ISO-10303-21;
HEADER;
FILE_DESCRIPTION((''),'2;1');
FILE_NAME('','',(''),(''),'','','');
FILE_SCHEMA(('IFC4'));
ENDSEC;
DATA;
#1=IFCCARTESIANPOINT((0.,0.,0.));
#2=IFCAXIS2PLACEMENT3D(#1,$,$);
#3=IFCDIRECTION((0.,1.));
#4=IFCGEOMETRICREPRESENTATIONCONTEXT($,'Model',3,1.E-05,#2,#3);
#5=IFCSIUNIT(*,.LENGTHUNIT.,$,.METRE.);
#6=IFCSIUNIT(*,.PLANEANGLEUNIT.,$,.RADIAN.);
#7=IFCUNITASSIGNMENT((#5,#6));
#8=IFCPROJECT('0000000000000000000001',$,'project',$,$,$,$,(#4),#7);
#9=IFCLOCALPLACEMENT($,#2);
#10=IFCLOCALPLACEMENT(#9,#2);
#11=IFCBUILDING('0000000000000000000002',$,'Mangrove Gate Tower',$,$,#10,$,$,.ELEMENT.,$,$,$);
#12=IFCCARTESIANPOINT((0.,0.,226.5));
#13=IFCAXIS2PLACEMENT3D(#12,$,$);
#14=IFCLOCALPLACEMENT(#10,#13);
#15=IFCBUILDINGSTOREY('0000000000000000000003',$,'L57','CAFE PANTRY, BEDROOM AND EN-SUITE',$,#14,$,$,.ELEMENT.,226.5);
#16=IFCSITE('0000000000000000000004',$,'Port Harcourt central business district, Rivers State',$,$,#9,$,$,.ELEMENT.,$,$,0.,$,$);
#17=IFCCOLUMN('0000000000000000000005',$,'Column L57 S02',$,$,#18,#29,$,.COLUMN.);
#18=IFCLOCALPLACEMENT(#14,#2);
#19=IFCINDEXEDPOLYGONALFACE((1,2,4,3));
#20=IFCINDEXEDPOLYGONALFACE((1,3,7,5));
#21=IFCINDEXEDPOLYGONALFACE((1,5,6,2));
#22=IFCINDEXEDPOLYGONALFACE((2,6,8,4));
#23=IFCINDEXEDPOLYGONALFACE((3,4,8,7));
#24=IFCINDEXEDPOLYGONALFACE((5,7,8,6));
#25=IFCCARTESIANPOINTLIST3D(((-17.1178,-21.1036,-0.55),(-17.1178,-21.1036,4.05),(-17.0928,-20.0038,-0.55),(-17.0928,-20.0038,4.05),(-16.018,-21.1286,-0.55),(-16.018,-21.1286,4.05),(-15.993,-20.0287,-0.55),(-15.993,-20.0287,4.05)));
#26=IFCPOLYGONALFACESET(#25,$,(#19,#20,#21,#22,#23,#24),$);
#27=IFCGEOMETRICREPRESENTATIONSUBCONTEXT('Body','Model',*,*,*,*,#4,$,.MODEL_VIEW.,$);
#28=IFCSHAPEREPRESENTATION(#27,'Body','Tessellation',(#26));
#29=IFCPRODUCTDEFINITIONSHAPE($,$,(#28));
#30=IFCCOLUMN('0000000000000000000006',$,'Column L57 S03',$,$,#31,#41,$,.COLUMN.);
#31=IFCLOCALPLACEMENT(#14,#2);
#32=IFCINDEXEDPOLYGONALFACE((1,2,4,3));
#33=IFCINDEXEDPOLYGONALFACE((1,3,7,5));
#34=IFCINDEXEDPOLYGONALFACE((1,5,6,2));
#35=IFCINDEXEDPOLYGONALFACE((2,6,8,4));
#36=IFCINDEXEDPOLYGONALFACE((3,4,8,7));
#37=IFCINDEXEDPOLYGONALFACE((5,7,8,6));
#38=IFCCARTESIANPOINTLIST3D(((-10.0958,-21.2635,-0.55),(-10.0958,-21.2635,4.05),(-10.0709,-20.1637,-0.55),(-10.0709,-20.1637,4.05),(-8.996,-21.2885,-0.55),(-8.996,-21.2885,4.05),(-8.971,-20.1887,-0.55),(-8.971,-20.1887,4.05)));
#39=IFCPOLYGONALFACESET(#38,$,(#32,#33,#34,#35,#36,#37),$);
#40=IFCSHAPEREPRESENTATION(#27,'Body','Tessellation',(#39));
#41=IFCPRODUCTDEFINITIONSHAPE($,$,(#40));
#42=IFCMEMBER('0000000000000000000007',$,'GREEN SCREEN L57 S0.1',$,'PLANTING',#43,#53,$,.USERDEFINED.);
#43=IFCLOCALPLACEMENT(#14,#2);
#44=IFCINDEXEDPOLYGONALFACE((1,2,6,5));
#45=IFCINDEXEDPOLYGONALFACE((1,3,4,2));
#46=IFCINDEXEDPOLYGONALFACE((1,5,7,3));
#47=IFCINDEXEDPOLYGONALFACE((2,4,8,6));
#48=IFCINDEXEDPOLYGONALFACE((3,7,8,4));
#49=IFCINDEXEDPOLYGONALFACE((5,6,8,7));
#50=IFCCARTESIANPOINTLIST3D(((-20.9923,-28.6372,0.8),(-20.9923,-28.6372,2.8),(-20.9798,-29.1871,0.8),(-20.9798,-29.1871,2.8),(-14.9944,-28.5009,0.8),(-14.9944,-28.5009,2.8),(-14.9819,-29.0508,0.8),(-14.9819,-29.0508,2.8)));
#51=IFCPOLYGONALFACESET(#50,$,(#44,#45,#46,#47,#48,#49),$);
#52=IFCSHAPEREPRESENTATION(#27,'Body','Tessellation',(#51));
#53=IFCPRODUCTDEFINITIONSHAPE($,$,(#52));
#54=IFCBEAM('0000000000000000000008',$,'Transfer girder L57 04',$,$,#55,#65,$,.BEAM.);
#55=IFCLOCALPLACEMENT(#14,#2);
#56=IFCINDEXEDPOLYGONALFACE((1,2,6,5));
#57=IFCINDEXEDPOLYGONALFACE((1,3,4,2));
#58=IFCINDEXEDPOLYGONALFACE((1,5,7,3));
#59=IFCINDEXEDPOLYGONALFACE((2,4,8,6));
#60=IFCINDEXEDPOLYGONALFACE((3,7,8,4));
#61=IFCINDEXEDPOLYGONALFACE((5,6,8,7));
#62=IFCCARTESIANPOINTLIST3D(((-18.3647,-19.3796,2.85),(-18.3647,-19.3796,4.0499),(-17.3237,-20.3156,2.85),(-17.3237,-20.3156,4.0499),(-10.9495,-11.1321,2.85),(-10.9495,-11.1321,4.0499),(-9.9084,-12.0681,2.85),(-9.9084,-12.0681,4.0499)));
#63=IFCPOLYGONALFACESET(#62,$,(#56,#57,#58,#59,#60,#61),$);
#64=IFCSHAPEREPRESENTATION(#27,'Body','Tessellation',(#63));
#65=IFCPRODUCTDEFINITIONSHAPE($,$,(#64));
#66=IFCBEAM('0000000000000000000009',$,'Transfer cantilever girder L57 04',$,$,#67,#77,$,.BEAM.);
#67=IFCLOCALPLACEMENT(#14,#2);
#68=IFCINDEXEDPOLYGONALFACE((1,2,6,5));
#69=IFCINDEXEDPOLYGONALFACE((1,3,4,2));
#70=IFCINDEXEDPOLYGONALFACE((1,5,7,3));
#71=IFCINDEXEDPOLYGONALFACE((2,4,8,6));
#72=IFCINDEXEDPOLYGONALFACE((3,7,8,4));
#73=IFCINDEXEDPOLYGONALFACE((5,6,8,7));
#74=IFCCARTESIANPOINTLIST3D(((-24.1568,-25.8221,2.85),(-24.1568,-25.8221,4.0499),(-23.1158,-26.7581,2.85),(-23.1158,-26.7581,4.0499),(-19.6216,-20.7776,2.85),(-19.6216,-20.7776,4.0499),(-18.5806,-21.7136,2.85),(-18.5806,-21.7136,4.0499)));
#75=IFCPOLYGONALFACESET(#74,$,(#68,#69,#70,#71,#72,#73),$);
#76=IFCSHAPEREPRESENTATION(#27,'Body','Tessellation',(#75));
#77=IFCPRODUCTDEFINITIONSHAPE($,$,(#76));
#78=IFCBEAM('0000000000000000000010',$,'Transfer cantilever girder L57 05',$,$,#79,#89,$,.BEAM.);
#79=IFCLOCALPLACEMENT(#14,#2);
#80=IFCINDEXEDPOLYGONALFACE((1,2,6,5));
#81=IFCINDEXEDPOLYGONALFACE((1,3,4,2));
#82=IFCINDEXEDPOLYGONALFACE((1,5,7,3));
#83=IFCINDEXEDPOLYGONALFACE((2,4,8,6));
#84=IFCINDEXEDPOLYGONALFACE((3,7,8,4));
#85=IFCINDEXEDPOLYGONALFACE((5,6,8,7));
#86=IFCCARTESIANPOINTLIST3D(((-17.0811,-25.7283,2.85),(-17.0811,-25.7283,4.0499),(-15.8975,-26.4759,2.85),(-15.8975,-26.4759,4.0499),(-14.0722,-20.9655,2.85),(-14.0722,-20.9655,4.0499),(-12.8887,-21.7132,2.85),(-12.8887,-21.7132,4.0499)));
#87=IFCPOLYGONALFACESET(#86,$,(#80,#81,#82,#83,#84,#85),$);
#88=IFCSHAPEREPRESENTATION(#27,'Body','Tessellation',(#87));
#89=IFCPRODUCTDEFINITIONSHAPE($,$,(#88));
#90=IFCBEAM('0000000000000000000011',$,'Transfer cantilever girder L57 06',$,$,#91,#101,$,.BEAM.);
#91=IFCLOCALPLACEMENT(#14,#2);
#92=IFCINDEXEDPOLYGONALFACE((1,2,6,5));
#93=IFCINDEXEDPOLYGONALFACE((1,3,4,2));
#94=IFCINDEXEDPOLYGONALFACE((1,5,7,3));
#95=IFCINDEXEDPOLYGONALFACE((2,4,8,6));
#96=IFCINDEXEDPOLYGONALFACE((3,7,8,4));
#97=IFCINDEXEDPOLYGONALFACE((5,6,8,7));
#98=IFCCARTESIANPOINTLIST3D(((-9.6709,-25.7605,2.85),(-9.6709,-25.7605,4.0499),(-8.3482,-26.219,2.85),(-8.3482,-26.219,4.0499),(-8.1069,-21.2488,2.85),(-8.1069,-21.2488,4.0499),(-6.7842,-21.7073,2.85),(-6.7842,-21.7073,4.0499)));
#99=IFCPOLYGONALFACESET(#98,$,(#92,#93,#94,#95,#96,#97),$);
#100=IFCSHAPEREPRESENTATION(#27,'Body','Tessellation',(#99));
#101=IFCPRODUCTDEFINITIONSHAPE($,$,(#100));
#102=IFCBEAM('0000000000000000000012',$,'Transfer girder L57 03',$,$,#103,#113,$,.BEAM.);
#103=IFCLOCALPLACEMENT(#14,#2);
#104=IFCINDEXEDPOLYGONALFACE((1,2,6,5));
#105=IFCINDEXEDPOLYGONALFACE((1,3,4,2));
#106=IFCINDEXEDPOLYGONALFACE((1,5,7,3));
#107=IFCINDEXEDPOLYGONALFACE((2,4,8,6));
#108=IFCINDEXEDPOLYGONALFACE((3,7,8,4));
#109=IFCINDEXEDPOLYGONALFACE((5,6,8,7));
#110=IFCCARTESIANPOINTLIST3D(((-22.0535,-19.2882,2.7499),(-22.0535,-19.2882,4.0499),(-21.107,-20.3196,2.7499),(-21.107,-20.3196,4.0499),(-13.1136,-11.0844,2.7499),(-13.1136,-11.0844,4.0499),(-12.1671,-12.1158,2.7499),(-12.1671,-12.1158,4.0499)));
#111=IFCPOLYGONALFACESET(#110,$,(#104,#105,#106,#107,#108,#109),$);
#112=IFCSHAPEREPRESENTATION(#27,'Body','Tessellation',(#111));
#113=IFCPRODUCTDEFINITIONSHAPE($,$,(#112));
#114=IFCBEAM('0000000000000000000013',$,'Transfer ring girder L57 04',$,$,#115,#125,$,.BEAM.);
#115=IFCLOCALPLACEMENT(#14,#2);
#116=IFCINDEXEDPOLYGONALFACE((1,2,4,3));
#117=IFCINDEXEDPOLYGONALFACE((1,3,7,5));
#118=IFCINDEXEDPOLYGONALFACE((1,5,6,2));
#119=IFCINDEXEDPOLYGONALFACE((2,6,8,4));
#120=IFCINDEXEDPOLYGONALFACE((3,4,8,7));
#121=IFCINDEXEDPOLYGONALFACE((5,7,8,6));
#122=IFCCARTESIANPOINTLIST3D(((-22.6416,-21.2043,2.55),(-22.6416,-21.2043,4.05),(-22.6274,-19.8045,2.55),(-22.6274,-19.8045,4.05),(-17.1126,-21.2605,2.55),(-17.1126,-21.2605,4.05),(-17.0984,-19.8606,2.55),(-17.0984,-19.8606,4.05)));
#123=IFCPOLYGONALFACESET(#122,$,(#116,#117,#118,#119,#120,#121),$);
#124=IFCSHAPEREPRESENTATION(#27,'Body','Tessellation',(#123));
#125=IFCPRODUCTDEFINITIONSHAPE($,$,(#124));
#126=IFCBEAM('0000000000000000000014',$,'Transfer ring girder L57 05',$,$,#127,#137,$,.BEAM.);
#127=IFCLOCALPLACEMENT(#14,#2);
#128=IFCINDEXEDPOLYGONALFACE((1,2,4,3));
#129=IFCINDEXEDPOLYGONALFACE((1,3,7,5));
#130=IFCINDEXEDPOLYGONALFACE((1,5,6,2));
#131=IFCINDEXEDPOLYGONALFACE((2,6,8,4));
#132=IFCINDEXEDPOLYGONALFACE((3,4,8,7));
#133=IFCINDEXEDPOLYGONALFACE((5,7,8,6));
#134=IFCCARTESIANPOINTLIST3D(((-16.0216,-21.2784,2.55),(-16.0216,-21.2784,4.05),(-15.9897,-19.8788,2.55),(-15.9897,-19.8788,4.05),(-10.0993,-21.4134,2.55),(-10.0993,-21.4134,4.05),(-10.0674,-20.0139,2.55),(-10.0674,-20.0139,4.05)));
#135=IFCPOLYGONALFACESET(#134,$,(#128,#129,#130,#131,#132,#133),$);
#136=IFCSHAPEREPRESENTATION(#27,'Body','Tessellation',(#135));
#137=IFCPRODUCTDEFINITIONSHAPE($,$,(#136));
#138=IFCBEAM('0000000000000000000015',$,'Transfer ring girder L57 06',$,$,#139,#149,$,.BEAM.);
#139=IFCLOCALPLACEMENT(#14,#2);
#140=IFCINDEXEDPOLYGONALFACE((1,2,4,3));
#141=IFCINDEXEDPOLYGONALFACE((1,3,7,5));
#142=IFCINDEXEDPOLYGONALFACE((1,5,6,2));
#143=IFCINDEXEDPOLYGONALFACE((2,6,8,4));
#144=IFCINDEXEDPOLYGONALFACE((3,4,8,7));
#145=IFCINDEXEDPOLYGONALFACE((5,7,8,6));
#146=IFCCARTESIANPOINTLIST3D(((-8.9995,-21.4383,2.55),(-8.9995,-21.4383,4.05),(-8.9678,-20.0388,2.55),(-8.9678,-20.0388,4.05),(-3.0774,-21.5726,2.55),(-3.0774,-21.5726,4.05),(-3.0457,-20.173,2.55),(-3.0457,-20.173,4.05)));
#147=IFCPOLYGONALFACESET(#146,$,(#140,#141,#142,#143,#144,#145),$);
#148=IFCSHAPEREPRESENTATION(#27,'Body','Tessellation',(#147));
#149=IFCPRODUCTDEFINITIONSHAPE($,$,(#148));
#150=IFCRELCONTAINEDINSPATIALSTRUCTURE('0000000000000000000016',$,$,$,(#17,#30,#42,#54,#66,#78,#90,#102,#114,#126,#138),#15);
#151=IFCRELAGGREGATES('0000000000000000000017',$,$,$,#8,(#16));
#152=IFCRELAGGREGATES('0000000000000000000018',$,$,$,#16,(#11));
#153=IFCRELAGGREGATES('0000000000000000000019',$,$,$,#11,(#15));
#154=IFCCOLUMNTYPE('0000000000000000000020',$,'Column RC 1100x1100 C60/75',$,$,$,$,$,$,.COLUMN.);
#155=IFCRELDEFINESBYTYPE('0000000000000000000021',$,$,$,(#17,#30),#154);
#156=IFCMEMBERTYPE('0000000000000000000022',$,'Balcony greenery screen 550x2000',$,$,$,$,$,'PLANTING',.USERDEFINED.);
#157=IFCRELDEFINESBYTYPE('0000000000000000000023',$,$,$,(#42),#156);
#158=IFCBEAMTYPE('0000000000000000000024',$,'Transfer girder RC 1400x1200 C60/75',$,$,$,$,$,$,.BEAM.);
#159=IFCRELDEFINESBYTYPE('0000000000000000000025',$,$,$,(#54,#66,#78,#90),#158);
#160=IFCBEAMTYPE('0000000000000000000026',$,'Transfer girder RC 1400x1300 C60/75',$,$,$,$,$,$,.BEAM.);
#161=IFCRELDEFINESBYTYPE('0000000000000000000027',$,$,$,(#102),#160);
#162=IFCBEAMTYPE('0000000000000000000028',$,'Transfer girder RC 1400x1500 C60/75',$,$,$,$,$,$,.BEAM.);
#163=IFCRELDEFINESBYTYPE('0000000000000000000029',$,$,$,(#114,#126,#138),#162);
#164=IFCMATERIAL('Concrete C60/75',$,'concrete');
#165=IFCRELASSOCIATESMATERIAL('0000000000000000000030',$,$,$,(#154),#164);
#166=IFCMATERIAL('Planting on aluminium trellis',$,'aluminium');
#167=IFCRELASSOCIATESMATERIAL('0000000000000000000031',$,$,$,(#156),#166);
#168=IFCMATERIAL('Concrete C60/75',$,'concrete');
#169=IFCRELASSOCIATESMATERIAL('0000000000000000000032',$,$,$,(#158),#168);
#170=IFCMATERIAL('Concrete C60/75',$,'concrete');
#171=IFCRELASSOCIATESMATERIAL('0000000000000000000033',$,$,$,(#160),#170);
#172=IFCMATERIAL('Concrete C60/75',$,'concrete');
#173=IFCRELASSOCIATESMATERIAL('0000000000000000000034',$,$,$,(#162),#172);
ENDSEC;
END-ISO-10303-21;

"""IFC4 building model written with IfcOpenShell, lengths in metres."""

from ifc_helpers import new_model, si_unit, direction, frame, origin, origin_2d, place, context, subcontext, project, spatial, rectangle, extrude, material, material_profile, profile_set, type_object, element, save


model = new_model("IFC4")

# Units and contexts
model_context = context("Model", 3, precision=1e-05, world=origin(), true_north=direction((0.0, 1.0)))
body_context = subcontext(model_context, "Body", "Model", "MODEL_VIEW")
ifc_project = project(units=[si_unit("LENGTHUNIT", "METRE"), si_unit("PLANEANGLEUNIT", "RADIAN")], contexts=[model_context])

# Site, building, storey
site_placement = place(None, origin())
site = spatial("IfcSite", under=ifc_project, at=site_placement, Name="Port Harcourt central business district, Rivers State", CompositionType="ELEMENT", RefElevation=0.0)
building_placement = place(site_placement, origin())
building = spatial("IfcBuilding", under=site, at=building_placement, Name="Mangrove Gate Tower", CompositionType="ELEMENT")
storey_placement = place(building_placement, frame((0.0, 0.0, 226.5)))
storey = spatial("IfcBuildingStorey", under=building, at=storey_placement, Name="L57", Description="CAFE PANTRY, BEDROOM AND EN-SUITE", CompositionType="ELEMENT", Elevation=226.5)

# Columns
ifc_material_1 = material(Name="Concrete C60/75", Category="concrete")
ifc_material_profile_1 = material_profile(ifc_material_1, rectangle(XDim=1.1001, YDim=1.1001, at=origin_2d()))
ifc_profile_set_1 = profile_set([ifc_material_profile_1], Name="Concrete C60/75")
column_type = type_object("IfcColumnType", Name="Column RC 1100x1100 C60/75", PredefinedType="COLUMN", material=ifc_profile_set_1)
for number, where, z_axis, x_axis, name in (
    (1, (-16.5554, -20.5662, -0.55), (0.0, 0.0, 1.0), (0.999742, -0.022707, 0.0), "Column L57 S02"),
    (2, (-9.5334, -20.7261, -0.55), (0.0, 0.0, 1.0), (0.999742, -0.022708, 0.0), "Column L57 S03"),
):
    element("IfcColumn", number, at=place(storey_placement, frame(where, z_axis=z_axis, x_axis=x_axis)), inside=storey, type_object=column_type, Name=name, PredefinedType="COLUMN", context=body_context, shape_type="SweptSolid", body=[
        extrude(rectangle(XDim=1.1001, YDim=1.1001, at=origin_2d()), origin(), (0.0, 0.0, 1.0), 4.6001),
    ])

# Member
ifc_material_2 = material(Name="Planting on aluminium trellis", Category="aluminium")
ifc_material_profile_2 = material_profile(ifc_material_2, rectangle(XDim=0.55, YDim=2.0, at=origin_2d()))
ifc_profile_set_2 = profile_set([ifc_material_profile_2], Name="Planting on aluminium trellis")
member_type = type_object("IfcMemberType", Name="Balcony greenery screen 550x2000", ElementType="PLANTING", PredefinedType="USERDEFINED", material=ifc_profile_set_2)
member_placement = place(storey_placement, frame((-20.9861, -28.9121, 1.8), z_axis=(0.999742, 0.022707, 0.0), x_axis=(-0.022707, 0.999742, 0.0)))
element("IfcMember", 3, at=member_placement, inside=storey, type_object=member_type, Name="GREEN SCREEN L57 S0.1", ObjectType="PLANTING", PredefinedType="USERDEFINED", context=body_context, shape_type="SweptSolid", body=[
    extrude(rectangle(XDim=0.55, YDim=2.0, at=origin_2d()), origin(), (0.0, 0.0, 1.0), 5.9995),
])

# Beams
ifc_material_3 = material(Name="Concrete C60/75", Category="concrete")
ifc_material_profile_3 = material_profile(ifc_material_3, rectangle(XDim=1.3999, YDim=1.2, at=origin_2d()))
ifc_profile_set_3 = profile_set([ifc_material_profile_3], Name="Concrete C60/75")
beam_type_1 = type_object("IfcBeamType", Name="Transfer girder RC 1400x1200 C60/75", PredefinedType="BEAM", material=ifc_profile_set_3)
beam_1_placement = place(storey_placement, frame((-10.429, -11.6001, 3.45), z_axis=(-0.66859, -0.743631, 0.0), x_axis=(0.743631, -0.66859, 0.0)))
element("IfcBeam", 4, at=beam_1_placement, inside=storey, type_object=beam_type_1, Name="Transfer girder L57 04", PredefinedType="BEAM", context=body_context, shape_type="SweptSolid", body=[
    extrude(rectangle(XDim=1.3999, YDim=1.2, at=origin_2d()), origin(), (0.0, 0.0, 1.0), 11.0908),
])
beam_2_placement = place(storey_placement, frame((-19.1011, -21.2456, 3.45), z_axis=(-0.668571, -0.743648, 0.0), x_axis=(0.743648, -0.668571, 0.0)))
element("IfcBeam", 5, at=beam_2_placement, inside=storey, type_object=beam_type_1, Name="Transfer cantilever girder L57 04", PredefinedType="BEAM", context=body_context, shape_type="SweptSolid", body=[
    extrude(rectangle(XDim=1.3999, YDim=1.2, at=origin_2d()), origin(), (0.0, 0.0, 1.0), 6.7834),
])
beam_3_placement = place(storey_placement, frame((-13.4805, -21.3394, 3.45), z_axis=(-0.534091, -0.845427, 0.0), x_axis=(0.845427, -0.534091, 0.0)))
element("IfcBeam", 6, at=beam_3_placement, inside=storey, type_object=beam_type_1, Name="Transfer cantilever girder L57 05", PredefinedType="BEAM", context=body_context, shape_type="SweptSolid", body=[
    extrude(rectangle(XDim=1.3999, YDim=1.2, at=origin_2d()), origin(), (0.0, 0.0, 1.0), 5.6335),
])
beam_4_placement = place(storey_placement, frame((-7.4456, -21.478, 3.45), z_axis=(-0.327525, -0.944843, 0.0), x_axis=(0.944843, -0.327525, 0.0)))
element("IfcBeam", 7, at=beam_4_placement, inside=storey, type_object=beam_type_1, Name="Transfer cantilever girder L57 06", PredefinedType="BEAM", context=body_context, shape_type="SweptSolid", body=[
    extrude(rectangle(XDim=1.3999, YDim=1.2, at=origin_2d()), origin(), (0.0, 0.0, 1.0), 4.7751),
])
ifc_material_4 = material(Name="Concrete C60/75", Category="concrete")
ifc_material_profile_4 = material_profile(ifc_material_4, rectangle(XDim=1.3999, YDim=1.3, at=origin_2d()))
ifc_profile_set_4 = profile_set([ifc_material_profile_4], Name="Concrete C60/75")
beam_type_2 = type_object("IfcBeamType", Name="Transfer girder RC 1400x1300 C60/75", PredefinedType="BEAM", material=ifc_profile_set_4)
beam_5_placement = place(storey_placement, frame((-12.6404, -11.6001, 3.3999), z_axis=(-0.736788, -0.676124, 0.0), x_axis=(0.676124, -0.736788, 0.0)))
element("IfcBeam", 8, at=beam_5_placement, inside=storey, type_object=beam_type_2, Name="Transfer girder L57 03", PredefinedType="BEAM", context=body_context, shape_type="SweptSolid", body=[
    extrude(rectangle(XDim=1.3999, YDim=1.3, at=origin_2d()), origin(), (0.0, 0.0, 1.0), 12.1335),
])
ifc_material_5 = material(Name="Concrete C60/75", Category="concrete")
ifc_material_profile_5 = material_profile(ifc_material_5, rectangle(XDim=1.3999, YDim=1.5, at=origin_2d()))
ifc_profile_set_5 = profile_set([ifc_material_profile_5], Name="Concrete C60/75")
beam_type_3 = type_object("IfcBeamType", Name="Transfer girder RC 1400x1500 C60/75", PredefinedType="BEAM", material=ifc_profile_set_5)
beam_6_placement = place(storey_placement, frame((-22.6345, -20.5044, 3.3), z_axis=(0.999948, -0.010155, 0.0), x_axis=(0.010155, 0.999948, 0.0)))
element("IfcBeam", 9, at=beam_6_placement, inside=storey, type_object=beam_type_3, Name="Transfer ring girder L57 04", PredefinedType="BEAM", context=body_context, shape_type="SweptSolid", body=[
    extrude(rectangle(XDim=1.3999, YDim=1.5, at=origin_2d()), origin(), (0.0, 0.0, 1.0), 5.5293),
])
beam_7_placement = place(storey_placement, frame((-16.0056, -20.5786, 3.3), z_axis=(0.99974, -0.022791, 0.0), x_axis=(0.022791, 0.99974, 0.0)))
element("IfcBeam", 10, at=beam_7_placement, inside=storey, type_object=beam_type_3, Name="Transfer ring girder L57 05", PredefinedType="BEAM", context=body_context, shape_type="SweptSolid", body=[
    extrude(rectangle(XDim=1.3999, YDim=1.5, at=origin_2d()), origin(), (0.0, 0.0, 1.0), 5.9238),
])
beam_8_placement = place(storey_placement, frame((-8.9836, -20.7385, 3.3), z_axis=(0.999743, -0.022668, 0.0), x_axis=(0.022668, 0.999743, 0.0)))
element("IfcBeam", 11, at=beam_8_placement, inside=storey, type_object=beam_type_3, Name="Transfer ring girder L57 06", PredefinedType="BEAM", context=body_context, shape_type="SweptSolid", body=[
    extrude(rectangle(XDim=1.3999, YDim=1.5, at=origin_2d()), origin(), (0.0, 0.0, 1.0), 5.9236),
])

save(model, "model.ifc")
